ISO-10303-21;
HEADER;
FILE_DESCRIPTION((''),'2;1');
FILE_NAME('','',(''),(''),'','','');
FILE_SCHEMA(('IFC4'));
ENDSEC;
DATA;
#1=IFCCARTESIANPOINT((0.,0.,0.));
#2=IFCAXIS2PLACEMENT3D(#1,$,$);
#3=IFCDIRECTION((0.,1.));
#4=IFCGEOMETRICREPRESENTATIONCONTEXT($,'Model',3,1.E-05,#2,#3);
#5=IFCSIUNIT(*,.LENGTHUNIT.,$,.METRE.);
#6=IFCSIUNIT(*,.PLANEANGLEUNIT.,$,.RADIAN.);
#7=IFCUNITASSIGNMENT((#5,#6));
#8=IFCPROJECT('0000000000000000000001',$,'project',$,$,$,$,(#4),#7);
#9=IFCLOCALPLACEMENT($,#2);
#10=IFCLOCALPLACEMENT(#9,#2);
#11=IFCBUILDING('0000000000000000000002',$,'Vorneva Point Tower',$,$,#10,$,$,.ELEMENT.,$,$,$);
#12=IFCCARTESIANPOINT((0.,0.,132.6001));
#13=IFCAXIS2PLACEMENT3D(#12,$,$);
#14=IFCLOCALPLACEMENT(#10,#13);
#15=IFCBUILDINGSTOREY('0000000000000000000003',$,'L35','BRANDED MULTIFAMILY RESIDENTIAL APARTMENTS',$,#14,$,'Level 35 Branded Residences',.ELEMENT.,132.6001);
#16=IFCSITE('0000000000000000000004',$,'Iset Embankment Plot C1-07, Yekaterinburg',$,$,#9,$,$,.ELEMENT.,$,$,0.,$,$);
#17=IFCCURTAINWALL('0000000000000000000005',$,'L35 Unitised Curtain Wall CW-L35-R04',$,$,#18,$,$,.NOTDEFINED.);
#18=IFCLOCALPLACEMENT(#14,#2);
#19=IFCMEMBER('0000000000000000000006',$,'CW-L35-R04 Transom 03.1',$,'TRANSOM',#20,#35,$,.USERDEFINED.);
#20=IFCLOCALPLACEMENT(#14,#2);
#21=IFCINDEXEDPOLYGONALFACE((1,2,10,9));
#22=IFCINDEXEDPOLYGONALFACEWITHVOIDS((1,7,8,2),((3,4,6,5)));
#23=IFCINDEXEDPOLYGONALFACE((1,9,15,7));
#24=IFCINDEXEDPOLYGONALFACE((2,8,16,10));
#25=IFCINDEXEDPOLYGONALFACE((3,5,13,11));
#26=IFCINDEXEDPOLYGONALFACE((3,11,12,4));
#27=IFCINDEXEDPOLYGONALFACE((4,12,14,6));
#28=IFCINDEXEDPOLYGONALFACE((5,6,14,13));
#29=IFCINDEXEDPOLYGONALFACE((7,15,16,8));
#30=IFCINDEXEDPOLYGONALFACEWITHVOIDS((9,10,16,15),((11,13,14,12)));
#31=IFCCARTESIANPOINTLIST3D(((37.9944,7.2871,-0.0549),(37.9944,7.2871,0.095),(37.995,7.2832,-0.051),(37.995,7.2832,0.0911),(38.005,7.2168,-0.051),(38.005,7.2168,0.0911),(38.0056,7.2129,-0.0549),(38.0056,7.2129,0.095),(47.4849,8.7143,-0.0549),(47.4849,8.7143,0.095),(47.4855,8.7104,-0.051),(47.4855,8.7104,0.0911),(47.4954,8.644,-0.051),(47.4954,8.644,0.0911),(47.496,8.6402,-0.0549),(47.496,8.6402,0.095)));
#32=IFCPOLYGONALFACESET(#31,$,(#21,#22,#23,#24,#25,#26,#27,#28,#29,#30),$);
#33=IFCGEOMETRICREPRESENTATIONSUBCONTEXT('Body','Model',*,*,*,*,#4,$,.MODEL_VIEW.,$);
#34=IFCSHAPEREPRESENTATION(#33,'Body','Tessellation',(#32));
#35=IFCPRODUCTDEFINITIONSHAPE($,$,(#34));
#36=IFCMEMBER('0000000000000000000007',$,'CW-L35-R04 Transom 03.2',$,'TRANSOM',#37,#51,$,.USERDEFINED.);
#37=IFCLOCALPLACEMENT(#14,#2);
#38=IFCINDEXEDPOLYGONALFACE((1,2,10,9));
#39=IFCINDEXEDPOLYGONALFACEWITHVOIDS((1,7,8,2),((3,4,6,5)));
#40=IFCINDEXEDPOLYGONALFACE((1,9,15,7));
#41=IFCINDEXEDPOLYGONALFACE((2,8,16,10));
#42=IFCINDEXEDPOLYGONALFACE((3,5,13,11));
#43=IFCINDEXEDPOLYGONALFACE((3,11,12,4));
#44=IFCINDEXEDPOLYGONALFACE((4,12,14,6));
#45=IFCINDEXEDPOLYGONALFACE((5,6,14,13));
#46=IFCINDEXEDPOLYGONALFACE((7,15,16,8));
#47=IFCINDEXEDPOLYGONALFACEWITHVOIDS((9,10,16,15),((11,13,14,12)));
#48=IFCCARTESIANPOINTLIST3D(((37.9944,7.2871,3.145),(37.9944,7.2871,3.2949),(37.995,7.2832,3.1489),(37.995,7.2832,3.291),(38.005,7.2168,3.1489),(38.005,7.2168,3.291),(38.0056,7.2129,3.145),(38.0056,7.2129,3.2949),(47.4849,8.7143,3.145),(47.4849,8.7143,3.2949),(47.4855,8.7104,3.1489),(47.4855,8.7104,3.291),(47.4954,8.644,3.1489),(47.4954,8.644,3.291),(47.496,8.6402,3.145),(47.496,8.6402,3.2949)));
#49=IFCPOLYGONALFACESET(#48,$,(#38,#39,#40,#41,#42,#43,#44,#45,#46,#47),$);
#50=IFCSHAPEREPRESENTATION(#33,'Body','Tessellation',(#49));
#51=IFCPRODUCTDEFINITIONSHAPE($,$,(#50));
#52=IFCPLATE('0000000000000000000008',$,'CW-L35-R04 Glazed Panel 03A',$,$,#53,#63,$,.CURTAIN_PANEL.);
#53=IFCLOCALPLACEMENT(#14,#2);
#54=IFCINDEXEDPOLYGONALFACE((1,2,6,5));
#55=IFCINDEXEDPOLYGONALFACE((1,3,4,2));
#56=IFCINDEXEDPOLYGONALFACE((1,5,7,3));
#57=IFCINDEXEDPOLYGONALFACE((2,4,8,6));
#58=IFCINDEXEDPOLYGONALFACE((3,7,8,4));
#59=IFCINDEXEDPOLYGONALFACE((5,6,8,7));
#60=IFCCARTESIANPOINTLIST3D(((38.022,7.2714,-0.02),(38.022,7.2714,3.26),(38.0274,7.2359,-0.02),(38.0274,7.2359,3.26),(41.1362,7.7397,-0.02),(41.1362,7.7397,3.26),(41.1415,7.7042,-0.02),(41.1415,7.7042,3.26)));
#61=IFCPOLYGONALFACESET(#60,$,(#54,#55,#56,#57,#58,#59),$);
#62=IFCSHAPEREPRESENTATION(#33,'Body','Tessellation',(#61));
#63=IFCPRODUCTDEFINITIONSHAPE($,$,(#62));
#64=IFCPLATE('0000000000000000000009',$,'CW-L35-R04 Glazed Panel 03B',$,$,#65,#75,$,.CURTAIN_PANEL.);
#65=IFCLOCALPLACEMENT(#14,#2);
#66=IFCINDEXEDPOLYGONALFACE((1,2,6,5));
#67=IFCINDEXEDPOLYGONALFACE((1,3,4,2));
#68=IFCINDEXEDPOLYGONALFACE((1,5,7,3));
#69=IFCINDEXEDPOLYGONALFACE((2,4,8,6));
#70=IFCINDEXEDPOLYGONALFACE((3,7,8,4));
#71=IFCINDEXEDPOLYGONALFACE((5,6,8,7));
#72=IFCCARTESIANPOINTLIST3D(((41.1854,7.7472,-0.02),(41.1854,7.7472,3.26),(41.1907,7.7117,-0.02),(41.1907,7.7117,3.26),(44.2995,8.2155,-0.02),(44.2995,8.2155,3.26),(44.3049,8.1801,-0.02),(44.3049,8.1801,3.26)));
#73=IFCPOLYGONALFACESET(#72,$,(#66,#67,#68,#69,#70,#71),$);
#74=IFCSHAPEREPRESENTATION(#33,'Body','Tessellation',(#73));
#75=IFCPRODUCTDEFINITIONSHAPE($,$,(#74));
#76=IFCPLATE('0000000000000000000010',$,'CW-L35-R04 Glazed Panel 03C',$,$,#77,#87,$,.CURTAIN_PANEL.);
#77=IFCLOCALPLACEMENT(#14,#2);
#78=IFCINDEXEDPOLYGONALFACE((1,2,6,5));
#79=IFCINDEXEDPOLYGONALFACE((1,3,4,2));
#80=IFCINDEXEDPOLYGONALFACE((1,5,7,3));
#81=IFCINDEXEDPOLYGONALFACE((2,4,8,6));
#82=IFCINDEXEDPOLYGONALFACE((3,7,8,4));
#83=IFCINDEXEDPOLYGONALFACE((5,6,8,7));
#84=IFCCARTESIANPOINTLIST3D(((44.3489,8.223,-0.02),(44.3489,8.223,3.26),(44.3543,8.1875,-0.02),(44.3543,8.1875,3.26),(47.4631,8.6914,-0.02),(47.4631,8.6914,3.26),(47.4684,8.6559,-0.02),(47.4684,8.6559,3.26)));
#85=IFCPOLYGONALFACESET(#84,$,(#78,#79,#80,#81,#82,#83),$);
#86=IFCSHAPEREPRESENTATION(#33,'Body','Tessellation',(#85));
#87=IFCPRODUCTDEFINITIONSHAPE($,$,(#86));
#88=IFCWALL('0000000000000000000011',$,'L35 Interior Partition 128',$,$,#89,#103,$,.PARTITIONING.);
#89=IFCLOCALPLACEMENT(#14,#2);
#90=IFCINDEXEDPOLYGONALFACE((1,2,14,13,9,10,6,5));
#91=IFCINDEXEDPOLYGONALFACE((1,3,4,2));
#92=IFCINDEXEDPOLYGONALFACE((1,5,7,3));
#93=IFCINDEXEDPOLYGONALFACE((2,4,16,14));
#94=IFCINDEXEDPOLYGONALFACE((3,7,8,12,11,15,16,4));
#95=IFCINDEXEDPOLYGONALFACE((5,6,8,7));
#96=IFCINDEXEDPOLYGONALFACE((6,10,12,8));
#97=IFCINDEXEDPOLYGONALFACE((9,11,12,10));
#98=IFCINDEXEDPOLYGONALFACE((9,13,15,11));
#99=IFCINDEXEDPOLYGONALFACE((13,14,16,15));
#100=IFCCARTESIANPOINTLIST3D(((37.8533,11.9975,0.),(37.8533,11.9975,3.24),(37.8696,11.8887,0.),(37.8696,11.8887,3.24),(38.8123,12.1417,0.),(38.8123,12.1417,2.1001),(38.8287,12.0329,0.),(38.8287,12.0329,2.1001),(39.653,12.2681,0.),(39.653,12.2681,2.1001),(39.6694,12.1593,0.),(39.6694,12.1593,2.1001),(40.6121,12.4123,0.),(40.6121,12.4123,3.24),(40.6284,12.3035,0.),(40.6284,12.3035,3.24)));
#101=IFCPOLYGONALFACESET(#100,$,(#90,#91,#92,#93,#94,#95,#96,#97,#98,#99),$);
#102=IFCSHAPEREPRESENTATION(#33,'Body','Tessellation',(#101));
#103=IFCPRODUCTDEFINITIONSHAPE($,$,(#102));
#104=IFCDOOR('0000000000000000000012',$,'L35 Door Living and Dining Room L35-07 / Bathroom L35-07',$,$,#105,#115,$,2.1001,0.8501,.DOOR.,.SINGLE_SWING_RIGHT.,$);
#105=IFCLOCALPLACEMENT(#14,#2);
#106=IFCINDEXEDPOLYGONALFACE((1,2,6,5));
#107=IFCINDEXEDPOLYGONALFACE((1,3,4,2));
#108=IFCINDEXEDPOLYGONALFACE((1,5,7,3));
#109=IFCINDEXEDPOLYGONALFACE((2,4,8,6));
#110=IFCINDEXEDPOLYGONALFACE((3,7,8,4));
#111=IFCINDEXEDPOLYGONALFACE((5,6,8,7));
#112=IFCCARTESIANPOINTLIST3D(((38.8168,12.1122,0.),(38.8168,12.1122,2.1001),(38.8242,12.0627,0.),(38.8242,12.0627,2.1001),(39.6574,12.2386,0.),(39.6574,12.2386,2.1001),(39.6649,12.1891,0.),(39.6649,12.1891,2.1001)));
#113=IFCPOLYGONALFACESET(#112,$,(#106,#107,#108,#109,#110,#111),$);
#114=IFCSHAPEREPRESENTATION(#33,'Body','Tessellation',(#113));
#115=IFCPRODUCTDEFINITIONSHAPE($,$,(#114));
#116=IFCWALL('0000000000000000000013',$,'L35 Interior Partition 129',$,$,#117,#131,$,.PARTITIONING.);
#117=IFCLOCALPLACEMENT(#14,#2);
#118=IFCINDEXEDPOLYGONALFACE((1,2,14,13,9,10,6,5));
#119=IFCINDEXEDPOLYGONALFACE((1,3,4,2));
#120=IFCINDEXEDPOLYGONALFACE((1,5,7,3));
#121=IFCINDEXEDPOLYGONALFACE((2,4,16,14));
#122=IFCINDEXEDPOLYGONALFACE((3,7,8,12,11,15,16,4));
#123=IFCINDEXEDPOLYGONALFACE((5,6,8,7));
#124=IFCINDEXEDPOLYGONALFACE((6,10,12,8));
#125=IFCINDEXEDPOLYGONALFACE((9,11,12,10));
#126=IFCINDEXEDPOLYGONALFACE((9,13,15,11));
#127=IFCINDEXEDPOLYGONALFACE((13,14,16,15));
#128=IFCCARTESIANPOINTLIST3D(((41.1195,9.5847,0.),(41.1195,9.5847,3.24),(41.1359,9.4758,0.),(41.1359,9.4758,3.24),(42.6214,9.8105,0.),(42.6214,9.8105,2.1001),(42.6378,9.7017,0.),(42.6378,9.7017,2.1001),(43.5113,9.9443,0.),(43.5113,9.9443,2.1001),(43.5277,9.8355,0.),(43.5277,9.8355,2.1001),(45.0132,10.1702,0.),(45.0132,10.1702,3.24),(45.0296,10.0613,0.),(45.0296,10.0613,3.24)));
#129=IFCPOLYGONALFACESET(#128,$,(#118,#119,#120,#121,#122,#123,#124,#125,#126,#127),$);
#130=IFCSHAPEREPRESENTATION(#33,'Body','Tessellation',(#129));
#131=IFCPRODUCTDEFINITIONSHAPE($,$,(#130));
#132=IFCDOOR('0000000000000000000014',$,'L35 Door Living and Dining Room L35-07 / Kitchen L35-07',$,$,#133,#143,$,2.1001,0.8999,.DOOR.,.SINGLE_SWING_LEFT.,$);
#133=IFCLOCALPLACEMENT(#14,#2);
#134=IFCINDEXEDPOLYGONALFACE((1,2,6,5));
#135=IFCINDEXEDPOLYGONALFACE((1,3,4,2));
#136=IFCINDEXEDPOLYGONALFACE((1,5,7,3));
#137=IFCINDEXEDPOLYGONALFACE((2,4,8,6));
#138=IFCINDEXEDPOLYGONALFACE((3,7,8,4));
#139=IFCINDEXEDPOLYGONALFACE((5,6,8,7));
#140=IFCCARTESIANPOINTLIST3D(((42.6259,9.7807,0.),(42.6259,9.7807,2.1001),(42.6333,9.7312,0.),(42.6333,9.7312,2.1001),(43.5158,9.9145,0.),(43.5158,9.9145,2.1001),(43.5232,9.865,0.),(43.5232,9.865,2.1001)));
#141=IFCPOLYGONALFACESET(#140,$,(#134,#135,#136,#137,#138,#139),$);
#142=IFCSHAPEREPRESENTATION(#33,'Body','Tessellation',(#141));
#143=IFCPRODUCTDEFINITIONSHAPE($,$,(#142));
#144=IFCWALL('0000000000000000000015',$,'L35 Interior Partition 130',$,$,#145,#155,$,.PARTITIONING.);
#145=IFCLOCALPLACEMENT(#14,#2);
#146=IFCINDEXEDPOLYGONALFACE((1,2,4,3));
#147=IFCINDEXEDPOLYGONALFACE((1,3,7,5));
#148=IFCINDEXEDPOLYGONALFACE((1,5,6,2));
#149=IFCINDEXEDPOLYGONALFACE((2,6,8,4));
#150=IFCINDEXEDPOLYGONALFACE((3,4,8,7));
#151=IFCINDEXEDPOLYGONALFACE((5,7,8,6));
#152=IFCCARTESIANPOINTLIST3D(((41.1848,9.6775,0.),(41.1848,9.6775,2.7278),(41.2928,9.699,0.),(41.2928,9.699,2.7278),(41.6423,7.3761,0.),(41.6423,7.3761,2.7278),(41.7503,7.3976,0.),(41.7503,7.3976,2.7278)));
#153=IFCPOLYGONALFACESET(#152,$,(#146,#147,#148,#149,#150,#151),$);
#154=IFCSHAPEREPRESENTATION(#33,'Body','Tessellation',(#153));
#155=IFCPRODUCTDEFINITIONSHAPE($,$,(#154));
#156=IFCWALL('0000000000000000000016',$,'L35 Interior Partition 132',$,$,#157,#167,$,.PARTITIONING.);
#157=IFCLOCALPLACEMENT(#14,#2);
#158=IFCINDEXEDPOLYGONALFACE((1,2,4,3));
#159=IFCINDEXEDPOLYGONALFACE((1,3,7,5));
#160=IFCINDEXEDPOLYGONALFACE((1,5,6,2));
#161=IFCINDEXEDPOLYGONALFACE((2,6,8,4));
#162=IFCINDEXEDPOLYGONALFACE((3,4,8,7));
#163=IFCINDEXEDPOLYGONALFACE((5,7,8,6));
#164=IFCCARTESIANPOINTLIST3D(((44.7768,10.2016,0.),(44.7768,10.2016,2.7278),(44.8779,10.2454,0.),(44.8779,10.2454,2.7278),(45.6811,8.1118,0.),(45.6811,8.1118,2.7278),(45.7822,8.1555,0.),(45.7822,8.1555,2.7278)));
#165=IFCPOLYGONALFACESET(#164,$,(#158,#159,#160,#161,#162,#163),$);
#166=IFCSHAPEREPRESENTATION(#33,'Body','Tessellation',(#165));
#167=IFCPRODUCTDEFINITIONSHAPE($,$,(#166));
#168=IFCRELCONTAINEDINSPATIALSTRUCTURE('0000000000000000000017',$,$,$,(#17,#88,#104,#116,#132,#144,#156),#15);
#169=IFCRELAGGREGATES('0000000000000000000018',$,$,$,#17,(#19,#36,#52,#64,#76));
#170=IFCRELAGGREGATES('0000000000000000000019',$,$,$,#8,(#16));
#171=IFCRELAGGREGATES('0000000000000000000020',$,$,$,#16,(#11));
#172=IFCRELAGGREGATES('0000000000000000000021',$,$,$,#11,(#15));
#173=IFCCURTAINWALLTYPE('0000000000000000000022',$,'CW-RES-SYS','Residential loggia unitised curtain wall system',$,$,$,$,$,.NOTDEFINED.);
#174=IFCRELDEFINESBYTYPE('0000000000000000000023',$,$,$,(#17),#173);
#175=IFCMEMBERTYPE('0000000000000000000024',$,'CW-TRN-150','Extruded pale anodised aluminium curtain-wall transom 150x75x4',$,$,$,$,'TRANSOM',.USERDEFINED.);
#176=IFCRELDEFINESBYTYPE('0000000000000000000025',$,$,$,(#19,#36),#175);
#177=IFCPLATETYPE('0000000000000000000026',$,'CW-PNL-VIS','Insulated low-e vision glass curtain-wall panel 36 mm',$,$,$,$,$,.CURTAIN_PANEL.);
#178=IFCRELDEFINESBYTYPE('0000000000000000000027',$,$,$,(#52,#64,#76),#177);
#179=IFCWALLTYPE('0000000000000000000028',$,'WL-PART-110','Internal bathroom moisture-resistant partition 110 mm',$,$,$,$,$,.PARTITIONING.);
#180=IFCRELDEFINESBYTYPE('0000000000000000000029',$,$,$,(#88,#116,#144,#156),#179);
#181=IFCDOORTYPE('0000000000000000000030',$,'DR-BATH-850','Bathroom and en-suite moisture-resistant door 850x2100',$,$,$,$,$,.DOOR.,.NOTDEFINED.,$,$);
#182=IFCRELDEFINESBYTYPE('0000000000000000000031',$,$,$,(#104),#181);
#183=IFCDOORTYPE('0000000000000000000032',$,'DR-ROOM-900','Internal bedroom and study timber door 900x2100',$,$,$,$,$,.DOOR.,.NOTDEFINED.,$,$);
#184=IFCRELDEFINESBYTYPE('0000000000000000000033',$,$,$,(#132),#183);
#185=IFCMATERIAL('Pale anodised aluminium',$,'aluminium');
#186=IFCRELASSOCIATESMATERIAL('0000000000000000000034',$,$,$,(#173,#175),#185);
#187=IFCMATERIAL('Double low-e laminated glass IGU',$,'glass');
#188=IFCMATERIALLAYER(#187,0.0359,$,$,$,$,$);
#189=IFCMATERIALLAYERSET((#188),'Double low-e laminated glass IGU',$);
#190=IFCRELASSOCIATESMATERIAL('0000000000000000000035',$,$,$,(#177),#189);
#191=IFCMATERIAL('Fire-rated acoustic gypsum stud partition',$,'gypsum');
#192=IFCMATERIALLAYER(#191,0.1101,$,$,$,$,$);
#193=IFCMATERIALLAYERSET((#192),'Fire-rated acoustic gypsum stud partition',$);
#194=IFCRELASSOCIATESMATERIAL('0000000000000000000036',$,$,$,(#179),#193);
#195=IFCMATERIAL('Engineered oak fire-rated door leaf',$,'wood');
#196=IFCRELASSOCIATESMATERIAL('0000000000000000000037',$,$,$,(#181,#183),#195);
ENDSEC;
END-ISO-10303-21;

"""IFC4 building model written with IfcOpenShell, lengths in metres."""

from ifc_helpers import new_model, si_unit, direction, frame, frame_2d, origin, origin_2d, place, context, subcontext, project, spatial, rectangle, hollow_rectangle, extrude, material, layer, layer_set, material_profile, profile_set, type_object, element, fill, aggregate, save


model = new_model("IFC4")

# Units and contexts
model_context = context("Model", 3, precision=1e-05, world=origin(), true_north=direction((0.0, 1.0)))
body_context = subcontext(model_context, "Body", "Model", "MODEL_VIEW")
ifc_project = project(units=[si_unit("LENGTHUNIT", "METRE"), si_unit("PLANEANGLEUNIT", "RADIAN")], contexts=[model_context])

# Site, building, storey
site_placement = place(None, origin())
site = spatial("IfcSite", under=ifc_project, at=site_placement, Name="Iset Embankment Plot C1-07, Yekaterinburg", CompositionType="ELEMENT", RefElevation=0.0)
building_placement = place(site_placement, origin())
building = spatial("IfcBuilding", under=site, at=building_placement, Name="Vorneva Point Tower", CompositionType="ELEMENT")
storey_placement = place(building_placement, frame((0.0, 0.0, 132.6001)))
storey = spatial("IfcBuildingStorey", under=building, at=storey_placement, Name="L35", Description="BRANDED MULTIFAMILY RESIDENTIAL APARTMENTS", LongName="Level 35 Branded Residences", CompositionType="ELEMENT", Elevation=132.6001)

# Curtain wall, members, plates
ifc_material_1 = material(Name="Pale anodised aluminium", Category="aluminium")
curtain_wall_type = type_object("IfcCurtainWallType", Name="CW-RES-SYS", Description="Residential loggia unitised curtain wall system", PredefinedType="NOTDEFINED", material=ifc_material_1)
curtain_wall_placement = place(storey_placement, origin())
curtain_wall = element("IfcCurtainWall", 1, at=curtain_wall_placement, inside=storey, type_object=curtain_wall_type, Name="L35 Unitised Curtain Wall CW-L35-R04", PredefinedType="NOTDEFINED")
ifc_material_profile_1 = material_profile(ifc_material_1, hollow_rectangle(XDim=0.075, YDim=0.1499, WallThickness=0.0039, at=origin_2d()), Name="AL-TRN 150x75x4")
ifc_profile_set_1 = profile_set([ifc_material_profile_1], Name="Pale anodised aluminium")
member_type_1 = type_object("IfcMemberType", Name="CW-TRN-150", Description="Extruded pale anodised aluminium curtain-wall transom 150x75x4", ElementType="TRANSOM", PredefinedType="USERDEFINED", material=ifc_profile_set_1)
member_1_placement = place(storey_placement, frame((38.0, 7.25, 0.02), z_axis=(0.98888, 0.148715, 0.0), x_axis=(-0.148715, 0.98888, 0.0)))
member_1 = element("IfcMember", 2, at=member_1_placement, type_object=member_type_1, Name="CW-L35-R04 Transom 03.1", ObjectType="TRANSOM", PredefinedType="USERDEFINED", context=body_context, shape_type="SweptSolid", body=[
    extrude(hollow_rectangle(XDim=0.075, YDim=0.1499, WallThickness=0.0039, at=origin_2d()), origin(), (0.0, 0.0, 1.0), 9.5972),
])
member_2_placement = place(storey_placement, frame((38.0, 7.25, 3.22), z_axis=(0.98888, 0.148715, 0.0), x_axis=(-0.148715, 0.98888, 0.0)))
member_2 = element("IfcMember", 3, at=member_2_placement, type_object=member_type_1, Name="CW-L35-R04 Transom 03.2", ObjectType="TRANSOM", PredefinedType="USERDEFINED", context=body_context, shape_type="SweptSolid", body=[
    extrude(hollow_rectangle(XDim=0.075, YDim=0.1499, WallThickness=0.0039, at=origin_2d()), origin(), (0.0, 0.0, 1.0), 9.5972),
])
ifc_material_2 = material(Name="Double low-e laminated glass IGU", Category="glass")
ifc_layer_1 = layer(ifc_material_2, 0.0359)
ifc_layer_set_1 = layer_set([ifc_layer_1], Name="Double low-e laminated glass IGU")
plate_type = type_object("IfcPlateType", Name="CW-PNL-VIS", Description="Insulated low-e vision glass curtain-wall panel 36 mm", PredefinedType="CURTAIN_PANEL", material=ifc_layer_set_1)
plate_1_placement = place(storey_placement, frame((39.5818, 7.4878, -0.02), z_axis=(0.0, 0.0, 1.0), x_axis=(0.988879, 0.148724, 0.0)))
plate_1 = element("IfcPlate", 4, at=plate_1_placement, type_object=plate_type, Name="CW-L35-R04 Glazed Panel 03A", PredefinedType="CURTAIN_PANEL", context=body_context, shape_type="SweptSolid", body=[
    extrude(rectangle(XDim=3.1492, YDim=0.0359, at=origin_2d()), origin(), (0.0, 0.0, 1.0), 3.28),
])
plate_2_placement = place(storey_placement, frame((42.7451, 7.9636, -0.02), z_axis=(0.0, 0.0, 1.0), x_axis=(0.988879, 0.148724, 0.0)))
plate_2 = element("IfcPlate", 5, at=plate_2_placement, type_object=plate_type, Name="CW-L35-R04 Glazed Panel 03B", PredefinedType="CURTAIN_PANEL", context=body_context, shape_type="SweptSolid", body=[
    extrude(rectangle(XDim=3.1492, YDim=0.0359, at=origin_2d()), origin(), (0.0, 0.0, 1.0), 3.28),
])
plate_3_placement = place(storey_placement, frame((45.9087, 8.4395, -0.02), z_axis=(0.0, 0.0, 1.0), x_axis=(0.988879, 0.148724, 0.0)))
plate_3 = element("IfcPlate", 6, at=plate_3_placement, type_object=plate_type, Name="CW-L35-R04 Glazed Panel 03C", PredefinedType="CURTAIN_PANEL", context=body_context, shape_type="SweptSolid", body=[
    extrude(rectangle(XDim=3.1492, YDim=0.0359, at=origin_2d()), origin(), (0.0, 0.0, 1.0), 3.28),
])
aggregate(curtain_wall, [member_1, member_2, plate_1, plate_2, plate_3])

# Walls, openings, doors
ifc_material_3 = material(Name="Fire-rated acoustic gypsum stud partition", Category="gypsum")
ifc_layer_2 = layer(ifc_material_3, 0.1101)
ifc_layer_set_2 = layer_set([ifc_layer_2], Name="Fire-rated acoustic gypsum stud partition")
wall_type_1 = type_object("IfcWallType", Name="WL-PART-110", Description="Internal bathroom moisture-resistant partition 110 mm", PredefinedType="PARTITIONING", material=ifc_layer_set_2)
wall_1_placement = place(storey_placement, frame((40.6204, 12.3579, 0.0), z_axis=(0.0, 0.0, 1.0), x_axis=(-0.988885, -0.148683, 0.0)))
wall_1 = element("IfcWall", 7, at=wall_1_placement, inside=storey, type_object=wall_type_1, Name="L35 Interior Partition 128", PredefinedType="PARTITIONING", context=body_context, shape_type="SweptSolid", body=[
    extrude(rectangle(XDim=2.7898, YDim=0.1101, at=frame_2d((1.395, 0.0))), origin(), (0.0, 0.0, 1.0), 3.24),
])
opening_1_placement = place(wall_1_placement, frame((0.97, 0.0, 0.0)))
opening_1 = element("IfcOpeningElement", 8, at=opening_1_placement, cuts=wall_1, PredefinedType="OPENING", context=body_context, shape_type="SweptSolid", body=[
    extrude(rectangle(XDim=0.8501, YDim=2.1001, at=frame_2d((0.425, 1.05))), frame((0.0, 0.0698, 0.0), z_axis=(0.0, -1.0, 0.0), x_axis=(1.0, 0.0, 0.0)), (0.0, 0.0, 1.0), 0.1399),
])
ifc_material_4 = material(Name="Engineered oak fire-rated door leaf", Category="wood")
door_type_1 = type_object("IfcDoorType", Name="DR-BATH-850", Description="Bathroom and en-suite moisture-resistant door 850x2100", OperationType="NOTDEFINED", PredefinedType="DOOR", material=ifc_material_4)
door_1_placement = place(opening_1_placement, origin())
door_1 = element("IfcDoor", 9, at=door_1_placement, inside=storey, type_object=door_type_1, Name="L35 Door Living and Dining Room L35-07 / Bathroom L35-07", OperationType="SINGLE_SWING_RIGHT", OverallHeight=2.1001, OverallWidth=0.8501, PredefinedType="DOOR", context=body_context, shape_type="SweptSolid", body=[
    extrude(rectangle(XDim=0.8501, YDim=2.1001, at=frame_2d((0.425, 1.05))), frame((0.0, 0.0249, 0.0), z_axis=(0.0, -1.0, 0.0), x_axis=(1.0, 0.0, 0.0)), (0.0, 0.0, 1.0), 0.05),
])
fill(opening_1, door_1)
wall_2_placement = place(storey_placement, frame((41.1277, 9.5303, 0.0), z_axis=(0.0, 0.0, 1.0), x_axis=(0.988885, 0.148683, 0.0)))
wall_2 = element("IfcWall", 10, at=wall_2_placement, inside=storey, type_object=wall_type_1, Name="L35 Interior Partition 129", PredefinedType="PARTITIONING", context=body_context, shape_type="SweptSolid", body=[
    extrude(rectangle(XDim=3.9375, YDim=0.1101, at=frame_2d((1.9688, 0.0))), origin(), (0.0, 0.0, 1.0), 3.24),
])
opening_2_placement = place(wall_2_placement, frame((1.5188, 0.0, 0.0)))
opening_2 = element("IfcOpeningElement", 11, at=opening_2_placement, cuts=wall_2, PredefinedType="OPENING", context=body_context, shape_type="SweptSolid", body=[
    extrude(rectangle(XDim=0.8999, YDim=2.1001, at=frame_2d((0.45, 1.05))), frame((0.0, 0.0698, 0.0), z_axis=(0.0, -1.0, 0.0), x_axis=(1.0, 0.0, 0.0)), (0.0, 0.0, 1.0), 0.1399),
])
door_type_2 = type_object("IfcDoorType", Name="DR-ROOM-900", Description="Internal bedroom and study timber door 900x2100", OperationType="NOTDEFINED", PredefinedType="DOOR", material=ifc_material_4)
door_2_placement = place(opening_2_placement, origin())
door_2 = element("IfcDoor", 12, at=door_2_placement, inside=storey, type_object=door_type_2, Name="L35 Door Living and Dining Room L35-07 / Kitchen L35-07", OperationType="SINGLE_SWING_LEFT", OverallHeight=2.1001, OverallWidth=0.8999, PredefinedType="DOOR", context=body_context, shape_type="SweptSolid", body=[
    extrude(rectangle(XDim=0.8999, YDim=2.1001, at=frame_2d((0.45, 1.05))), frame((0.0, 0.0249, 0.0), z_axis=(0.0, -1.0, 0.0), x_axis=(1.0, 0.0, 0.0)), (0.0, 0.0, 1.0), 0.05),
])
fill(opening_2, door_2)

# Walls
wall_3_placement = place(storey_placement, frame((41.6963, 7.3867, 0.0), z_axis=(0.0, 0.0, 1.0), x_axis=(-0.194976, 0.980808, 0.0)))
element("IfcWall", 13, at=wall_3_placement, inside=storey, type_object=wall_type_1, Name="L35 Interior Partition 130", PredefinedType="PARTITIONING", context=body_context, shape_type="SweptSolid", body=[
    extrude(rectangle(XDim=2.3464, YDim=0.1101, at=frame_2d((1.1733, 0.0))), origin(), (0.0, 0.0, 1.0), 2.7278),
])
wall_4_placement = place(storey_placement, frame((45.7317, 8.1335, 0.0), z_axis=(0.0, 0.0, 1.0), x_axis=(-0.397126, 0.917764, 0.0)))
element("IfcWall", 14, at=wall_4_placement, inside=storey, type_object=wall_type_1, Name="L35 Interior Partition 132", PredefinedType="PARTITIONING", context=body_context, shape_type="SweptSolid", body=[
    extrude(rectangle(XDim=2.2771, YDim=0.1101, at=frame_2d((1.1387, 0.0))), origin(), (0.0, 0.0, 1.0), 2.7278),
])

save(model, "model.ifc")
